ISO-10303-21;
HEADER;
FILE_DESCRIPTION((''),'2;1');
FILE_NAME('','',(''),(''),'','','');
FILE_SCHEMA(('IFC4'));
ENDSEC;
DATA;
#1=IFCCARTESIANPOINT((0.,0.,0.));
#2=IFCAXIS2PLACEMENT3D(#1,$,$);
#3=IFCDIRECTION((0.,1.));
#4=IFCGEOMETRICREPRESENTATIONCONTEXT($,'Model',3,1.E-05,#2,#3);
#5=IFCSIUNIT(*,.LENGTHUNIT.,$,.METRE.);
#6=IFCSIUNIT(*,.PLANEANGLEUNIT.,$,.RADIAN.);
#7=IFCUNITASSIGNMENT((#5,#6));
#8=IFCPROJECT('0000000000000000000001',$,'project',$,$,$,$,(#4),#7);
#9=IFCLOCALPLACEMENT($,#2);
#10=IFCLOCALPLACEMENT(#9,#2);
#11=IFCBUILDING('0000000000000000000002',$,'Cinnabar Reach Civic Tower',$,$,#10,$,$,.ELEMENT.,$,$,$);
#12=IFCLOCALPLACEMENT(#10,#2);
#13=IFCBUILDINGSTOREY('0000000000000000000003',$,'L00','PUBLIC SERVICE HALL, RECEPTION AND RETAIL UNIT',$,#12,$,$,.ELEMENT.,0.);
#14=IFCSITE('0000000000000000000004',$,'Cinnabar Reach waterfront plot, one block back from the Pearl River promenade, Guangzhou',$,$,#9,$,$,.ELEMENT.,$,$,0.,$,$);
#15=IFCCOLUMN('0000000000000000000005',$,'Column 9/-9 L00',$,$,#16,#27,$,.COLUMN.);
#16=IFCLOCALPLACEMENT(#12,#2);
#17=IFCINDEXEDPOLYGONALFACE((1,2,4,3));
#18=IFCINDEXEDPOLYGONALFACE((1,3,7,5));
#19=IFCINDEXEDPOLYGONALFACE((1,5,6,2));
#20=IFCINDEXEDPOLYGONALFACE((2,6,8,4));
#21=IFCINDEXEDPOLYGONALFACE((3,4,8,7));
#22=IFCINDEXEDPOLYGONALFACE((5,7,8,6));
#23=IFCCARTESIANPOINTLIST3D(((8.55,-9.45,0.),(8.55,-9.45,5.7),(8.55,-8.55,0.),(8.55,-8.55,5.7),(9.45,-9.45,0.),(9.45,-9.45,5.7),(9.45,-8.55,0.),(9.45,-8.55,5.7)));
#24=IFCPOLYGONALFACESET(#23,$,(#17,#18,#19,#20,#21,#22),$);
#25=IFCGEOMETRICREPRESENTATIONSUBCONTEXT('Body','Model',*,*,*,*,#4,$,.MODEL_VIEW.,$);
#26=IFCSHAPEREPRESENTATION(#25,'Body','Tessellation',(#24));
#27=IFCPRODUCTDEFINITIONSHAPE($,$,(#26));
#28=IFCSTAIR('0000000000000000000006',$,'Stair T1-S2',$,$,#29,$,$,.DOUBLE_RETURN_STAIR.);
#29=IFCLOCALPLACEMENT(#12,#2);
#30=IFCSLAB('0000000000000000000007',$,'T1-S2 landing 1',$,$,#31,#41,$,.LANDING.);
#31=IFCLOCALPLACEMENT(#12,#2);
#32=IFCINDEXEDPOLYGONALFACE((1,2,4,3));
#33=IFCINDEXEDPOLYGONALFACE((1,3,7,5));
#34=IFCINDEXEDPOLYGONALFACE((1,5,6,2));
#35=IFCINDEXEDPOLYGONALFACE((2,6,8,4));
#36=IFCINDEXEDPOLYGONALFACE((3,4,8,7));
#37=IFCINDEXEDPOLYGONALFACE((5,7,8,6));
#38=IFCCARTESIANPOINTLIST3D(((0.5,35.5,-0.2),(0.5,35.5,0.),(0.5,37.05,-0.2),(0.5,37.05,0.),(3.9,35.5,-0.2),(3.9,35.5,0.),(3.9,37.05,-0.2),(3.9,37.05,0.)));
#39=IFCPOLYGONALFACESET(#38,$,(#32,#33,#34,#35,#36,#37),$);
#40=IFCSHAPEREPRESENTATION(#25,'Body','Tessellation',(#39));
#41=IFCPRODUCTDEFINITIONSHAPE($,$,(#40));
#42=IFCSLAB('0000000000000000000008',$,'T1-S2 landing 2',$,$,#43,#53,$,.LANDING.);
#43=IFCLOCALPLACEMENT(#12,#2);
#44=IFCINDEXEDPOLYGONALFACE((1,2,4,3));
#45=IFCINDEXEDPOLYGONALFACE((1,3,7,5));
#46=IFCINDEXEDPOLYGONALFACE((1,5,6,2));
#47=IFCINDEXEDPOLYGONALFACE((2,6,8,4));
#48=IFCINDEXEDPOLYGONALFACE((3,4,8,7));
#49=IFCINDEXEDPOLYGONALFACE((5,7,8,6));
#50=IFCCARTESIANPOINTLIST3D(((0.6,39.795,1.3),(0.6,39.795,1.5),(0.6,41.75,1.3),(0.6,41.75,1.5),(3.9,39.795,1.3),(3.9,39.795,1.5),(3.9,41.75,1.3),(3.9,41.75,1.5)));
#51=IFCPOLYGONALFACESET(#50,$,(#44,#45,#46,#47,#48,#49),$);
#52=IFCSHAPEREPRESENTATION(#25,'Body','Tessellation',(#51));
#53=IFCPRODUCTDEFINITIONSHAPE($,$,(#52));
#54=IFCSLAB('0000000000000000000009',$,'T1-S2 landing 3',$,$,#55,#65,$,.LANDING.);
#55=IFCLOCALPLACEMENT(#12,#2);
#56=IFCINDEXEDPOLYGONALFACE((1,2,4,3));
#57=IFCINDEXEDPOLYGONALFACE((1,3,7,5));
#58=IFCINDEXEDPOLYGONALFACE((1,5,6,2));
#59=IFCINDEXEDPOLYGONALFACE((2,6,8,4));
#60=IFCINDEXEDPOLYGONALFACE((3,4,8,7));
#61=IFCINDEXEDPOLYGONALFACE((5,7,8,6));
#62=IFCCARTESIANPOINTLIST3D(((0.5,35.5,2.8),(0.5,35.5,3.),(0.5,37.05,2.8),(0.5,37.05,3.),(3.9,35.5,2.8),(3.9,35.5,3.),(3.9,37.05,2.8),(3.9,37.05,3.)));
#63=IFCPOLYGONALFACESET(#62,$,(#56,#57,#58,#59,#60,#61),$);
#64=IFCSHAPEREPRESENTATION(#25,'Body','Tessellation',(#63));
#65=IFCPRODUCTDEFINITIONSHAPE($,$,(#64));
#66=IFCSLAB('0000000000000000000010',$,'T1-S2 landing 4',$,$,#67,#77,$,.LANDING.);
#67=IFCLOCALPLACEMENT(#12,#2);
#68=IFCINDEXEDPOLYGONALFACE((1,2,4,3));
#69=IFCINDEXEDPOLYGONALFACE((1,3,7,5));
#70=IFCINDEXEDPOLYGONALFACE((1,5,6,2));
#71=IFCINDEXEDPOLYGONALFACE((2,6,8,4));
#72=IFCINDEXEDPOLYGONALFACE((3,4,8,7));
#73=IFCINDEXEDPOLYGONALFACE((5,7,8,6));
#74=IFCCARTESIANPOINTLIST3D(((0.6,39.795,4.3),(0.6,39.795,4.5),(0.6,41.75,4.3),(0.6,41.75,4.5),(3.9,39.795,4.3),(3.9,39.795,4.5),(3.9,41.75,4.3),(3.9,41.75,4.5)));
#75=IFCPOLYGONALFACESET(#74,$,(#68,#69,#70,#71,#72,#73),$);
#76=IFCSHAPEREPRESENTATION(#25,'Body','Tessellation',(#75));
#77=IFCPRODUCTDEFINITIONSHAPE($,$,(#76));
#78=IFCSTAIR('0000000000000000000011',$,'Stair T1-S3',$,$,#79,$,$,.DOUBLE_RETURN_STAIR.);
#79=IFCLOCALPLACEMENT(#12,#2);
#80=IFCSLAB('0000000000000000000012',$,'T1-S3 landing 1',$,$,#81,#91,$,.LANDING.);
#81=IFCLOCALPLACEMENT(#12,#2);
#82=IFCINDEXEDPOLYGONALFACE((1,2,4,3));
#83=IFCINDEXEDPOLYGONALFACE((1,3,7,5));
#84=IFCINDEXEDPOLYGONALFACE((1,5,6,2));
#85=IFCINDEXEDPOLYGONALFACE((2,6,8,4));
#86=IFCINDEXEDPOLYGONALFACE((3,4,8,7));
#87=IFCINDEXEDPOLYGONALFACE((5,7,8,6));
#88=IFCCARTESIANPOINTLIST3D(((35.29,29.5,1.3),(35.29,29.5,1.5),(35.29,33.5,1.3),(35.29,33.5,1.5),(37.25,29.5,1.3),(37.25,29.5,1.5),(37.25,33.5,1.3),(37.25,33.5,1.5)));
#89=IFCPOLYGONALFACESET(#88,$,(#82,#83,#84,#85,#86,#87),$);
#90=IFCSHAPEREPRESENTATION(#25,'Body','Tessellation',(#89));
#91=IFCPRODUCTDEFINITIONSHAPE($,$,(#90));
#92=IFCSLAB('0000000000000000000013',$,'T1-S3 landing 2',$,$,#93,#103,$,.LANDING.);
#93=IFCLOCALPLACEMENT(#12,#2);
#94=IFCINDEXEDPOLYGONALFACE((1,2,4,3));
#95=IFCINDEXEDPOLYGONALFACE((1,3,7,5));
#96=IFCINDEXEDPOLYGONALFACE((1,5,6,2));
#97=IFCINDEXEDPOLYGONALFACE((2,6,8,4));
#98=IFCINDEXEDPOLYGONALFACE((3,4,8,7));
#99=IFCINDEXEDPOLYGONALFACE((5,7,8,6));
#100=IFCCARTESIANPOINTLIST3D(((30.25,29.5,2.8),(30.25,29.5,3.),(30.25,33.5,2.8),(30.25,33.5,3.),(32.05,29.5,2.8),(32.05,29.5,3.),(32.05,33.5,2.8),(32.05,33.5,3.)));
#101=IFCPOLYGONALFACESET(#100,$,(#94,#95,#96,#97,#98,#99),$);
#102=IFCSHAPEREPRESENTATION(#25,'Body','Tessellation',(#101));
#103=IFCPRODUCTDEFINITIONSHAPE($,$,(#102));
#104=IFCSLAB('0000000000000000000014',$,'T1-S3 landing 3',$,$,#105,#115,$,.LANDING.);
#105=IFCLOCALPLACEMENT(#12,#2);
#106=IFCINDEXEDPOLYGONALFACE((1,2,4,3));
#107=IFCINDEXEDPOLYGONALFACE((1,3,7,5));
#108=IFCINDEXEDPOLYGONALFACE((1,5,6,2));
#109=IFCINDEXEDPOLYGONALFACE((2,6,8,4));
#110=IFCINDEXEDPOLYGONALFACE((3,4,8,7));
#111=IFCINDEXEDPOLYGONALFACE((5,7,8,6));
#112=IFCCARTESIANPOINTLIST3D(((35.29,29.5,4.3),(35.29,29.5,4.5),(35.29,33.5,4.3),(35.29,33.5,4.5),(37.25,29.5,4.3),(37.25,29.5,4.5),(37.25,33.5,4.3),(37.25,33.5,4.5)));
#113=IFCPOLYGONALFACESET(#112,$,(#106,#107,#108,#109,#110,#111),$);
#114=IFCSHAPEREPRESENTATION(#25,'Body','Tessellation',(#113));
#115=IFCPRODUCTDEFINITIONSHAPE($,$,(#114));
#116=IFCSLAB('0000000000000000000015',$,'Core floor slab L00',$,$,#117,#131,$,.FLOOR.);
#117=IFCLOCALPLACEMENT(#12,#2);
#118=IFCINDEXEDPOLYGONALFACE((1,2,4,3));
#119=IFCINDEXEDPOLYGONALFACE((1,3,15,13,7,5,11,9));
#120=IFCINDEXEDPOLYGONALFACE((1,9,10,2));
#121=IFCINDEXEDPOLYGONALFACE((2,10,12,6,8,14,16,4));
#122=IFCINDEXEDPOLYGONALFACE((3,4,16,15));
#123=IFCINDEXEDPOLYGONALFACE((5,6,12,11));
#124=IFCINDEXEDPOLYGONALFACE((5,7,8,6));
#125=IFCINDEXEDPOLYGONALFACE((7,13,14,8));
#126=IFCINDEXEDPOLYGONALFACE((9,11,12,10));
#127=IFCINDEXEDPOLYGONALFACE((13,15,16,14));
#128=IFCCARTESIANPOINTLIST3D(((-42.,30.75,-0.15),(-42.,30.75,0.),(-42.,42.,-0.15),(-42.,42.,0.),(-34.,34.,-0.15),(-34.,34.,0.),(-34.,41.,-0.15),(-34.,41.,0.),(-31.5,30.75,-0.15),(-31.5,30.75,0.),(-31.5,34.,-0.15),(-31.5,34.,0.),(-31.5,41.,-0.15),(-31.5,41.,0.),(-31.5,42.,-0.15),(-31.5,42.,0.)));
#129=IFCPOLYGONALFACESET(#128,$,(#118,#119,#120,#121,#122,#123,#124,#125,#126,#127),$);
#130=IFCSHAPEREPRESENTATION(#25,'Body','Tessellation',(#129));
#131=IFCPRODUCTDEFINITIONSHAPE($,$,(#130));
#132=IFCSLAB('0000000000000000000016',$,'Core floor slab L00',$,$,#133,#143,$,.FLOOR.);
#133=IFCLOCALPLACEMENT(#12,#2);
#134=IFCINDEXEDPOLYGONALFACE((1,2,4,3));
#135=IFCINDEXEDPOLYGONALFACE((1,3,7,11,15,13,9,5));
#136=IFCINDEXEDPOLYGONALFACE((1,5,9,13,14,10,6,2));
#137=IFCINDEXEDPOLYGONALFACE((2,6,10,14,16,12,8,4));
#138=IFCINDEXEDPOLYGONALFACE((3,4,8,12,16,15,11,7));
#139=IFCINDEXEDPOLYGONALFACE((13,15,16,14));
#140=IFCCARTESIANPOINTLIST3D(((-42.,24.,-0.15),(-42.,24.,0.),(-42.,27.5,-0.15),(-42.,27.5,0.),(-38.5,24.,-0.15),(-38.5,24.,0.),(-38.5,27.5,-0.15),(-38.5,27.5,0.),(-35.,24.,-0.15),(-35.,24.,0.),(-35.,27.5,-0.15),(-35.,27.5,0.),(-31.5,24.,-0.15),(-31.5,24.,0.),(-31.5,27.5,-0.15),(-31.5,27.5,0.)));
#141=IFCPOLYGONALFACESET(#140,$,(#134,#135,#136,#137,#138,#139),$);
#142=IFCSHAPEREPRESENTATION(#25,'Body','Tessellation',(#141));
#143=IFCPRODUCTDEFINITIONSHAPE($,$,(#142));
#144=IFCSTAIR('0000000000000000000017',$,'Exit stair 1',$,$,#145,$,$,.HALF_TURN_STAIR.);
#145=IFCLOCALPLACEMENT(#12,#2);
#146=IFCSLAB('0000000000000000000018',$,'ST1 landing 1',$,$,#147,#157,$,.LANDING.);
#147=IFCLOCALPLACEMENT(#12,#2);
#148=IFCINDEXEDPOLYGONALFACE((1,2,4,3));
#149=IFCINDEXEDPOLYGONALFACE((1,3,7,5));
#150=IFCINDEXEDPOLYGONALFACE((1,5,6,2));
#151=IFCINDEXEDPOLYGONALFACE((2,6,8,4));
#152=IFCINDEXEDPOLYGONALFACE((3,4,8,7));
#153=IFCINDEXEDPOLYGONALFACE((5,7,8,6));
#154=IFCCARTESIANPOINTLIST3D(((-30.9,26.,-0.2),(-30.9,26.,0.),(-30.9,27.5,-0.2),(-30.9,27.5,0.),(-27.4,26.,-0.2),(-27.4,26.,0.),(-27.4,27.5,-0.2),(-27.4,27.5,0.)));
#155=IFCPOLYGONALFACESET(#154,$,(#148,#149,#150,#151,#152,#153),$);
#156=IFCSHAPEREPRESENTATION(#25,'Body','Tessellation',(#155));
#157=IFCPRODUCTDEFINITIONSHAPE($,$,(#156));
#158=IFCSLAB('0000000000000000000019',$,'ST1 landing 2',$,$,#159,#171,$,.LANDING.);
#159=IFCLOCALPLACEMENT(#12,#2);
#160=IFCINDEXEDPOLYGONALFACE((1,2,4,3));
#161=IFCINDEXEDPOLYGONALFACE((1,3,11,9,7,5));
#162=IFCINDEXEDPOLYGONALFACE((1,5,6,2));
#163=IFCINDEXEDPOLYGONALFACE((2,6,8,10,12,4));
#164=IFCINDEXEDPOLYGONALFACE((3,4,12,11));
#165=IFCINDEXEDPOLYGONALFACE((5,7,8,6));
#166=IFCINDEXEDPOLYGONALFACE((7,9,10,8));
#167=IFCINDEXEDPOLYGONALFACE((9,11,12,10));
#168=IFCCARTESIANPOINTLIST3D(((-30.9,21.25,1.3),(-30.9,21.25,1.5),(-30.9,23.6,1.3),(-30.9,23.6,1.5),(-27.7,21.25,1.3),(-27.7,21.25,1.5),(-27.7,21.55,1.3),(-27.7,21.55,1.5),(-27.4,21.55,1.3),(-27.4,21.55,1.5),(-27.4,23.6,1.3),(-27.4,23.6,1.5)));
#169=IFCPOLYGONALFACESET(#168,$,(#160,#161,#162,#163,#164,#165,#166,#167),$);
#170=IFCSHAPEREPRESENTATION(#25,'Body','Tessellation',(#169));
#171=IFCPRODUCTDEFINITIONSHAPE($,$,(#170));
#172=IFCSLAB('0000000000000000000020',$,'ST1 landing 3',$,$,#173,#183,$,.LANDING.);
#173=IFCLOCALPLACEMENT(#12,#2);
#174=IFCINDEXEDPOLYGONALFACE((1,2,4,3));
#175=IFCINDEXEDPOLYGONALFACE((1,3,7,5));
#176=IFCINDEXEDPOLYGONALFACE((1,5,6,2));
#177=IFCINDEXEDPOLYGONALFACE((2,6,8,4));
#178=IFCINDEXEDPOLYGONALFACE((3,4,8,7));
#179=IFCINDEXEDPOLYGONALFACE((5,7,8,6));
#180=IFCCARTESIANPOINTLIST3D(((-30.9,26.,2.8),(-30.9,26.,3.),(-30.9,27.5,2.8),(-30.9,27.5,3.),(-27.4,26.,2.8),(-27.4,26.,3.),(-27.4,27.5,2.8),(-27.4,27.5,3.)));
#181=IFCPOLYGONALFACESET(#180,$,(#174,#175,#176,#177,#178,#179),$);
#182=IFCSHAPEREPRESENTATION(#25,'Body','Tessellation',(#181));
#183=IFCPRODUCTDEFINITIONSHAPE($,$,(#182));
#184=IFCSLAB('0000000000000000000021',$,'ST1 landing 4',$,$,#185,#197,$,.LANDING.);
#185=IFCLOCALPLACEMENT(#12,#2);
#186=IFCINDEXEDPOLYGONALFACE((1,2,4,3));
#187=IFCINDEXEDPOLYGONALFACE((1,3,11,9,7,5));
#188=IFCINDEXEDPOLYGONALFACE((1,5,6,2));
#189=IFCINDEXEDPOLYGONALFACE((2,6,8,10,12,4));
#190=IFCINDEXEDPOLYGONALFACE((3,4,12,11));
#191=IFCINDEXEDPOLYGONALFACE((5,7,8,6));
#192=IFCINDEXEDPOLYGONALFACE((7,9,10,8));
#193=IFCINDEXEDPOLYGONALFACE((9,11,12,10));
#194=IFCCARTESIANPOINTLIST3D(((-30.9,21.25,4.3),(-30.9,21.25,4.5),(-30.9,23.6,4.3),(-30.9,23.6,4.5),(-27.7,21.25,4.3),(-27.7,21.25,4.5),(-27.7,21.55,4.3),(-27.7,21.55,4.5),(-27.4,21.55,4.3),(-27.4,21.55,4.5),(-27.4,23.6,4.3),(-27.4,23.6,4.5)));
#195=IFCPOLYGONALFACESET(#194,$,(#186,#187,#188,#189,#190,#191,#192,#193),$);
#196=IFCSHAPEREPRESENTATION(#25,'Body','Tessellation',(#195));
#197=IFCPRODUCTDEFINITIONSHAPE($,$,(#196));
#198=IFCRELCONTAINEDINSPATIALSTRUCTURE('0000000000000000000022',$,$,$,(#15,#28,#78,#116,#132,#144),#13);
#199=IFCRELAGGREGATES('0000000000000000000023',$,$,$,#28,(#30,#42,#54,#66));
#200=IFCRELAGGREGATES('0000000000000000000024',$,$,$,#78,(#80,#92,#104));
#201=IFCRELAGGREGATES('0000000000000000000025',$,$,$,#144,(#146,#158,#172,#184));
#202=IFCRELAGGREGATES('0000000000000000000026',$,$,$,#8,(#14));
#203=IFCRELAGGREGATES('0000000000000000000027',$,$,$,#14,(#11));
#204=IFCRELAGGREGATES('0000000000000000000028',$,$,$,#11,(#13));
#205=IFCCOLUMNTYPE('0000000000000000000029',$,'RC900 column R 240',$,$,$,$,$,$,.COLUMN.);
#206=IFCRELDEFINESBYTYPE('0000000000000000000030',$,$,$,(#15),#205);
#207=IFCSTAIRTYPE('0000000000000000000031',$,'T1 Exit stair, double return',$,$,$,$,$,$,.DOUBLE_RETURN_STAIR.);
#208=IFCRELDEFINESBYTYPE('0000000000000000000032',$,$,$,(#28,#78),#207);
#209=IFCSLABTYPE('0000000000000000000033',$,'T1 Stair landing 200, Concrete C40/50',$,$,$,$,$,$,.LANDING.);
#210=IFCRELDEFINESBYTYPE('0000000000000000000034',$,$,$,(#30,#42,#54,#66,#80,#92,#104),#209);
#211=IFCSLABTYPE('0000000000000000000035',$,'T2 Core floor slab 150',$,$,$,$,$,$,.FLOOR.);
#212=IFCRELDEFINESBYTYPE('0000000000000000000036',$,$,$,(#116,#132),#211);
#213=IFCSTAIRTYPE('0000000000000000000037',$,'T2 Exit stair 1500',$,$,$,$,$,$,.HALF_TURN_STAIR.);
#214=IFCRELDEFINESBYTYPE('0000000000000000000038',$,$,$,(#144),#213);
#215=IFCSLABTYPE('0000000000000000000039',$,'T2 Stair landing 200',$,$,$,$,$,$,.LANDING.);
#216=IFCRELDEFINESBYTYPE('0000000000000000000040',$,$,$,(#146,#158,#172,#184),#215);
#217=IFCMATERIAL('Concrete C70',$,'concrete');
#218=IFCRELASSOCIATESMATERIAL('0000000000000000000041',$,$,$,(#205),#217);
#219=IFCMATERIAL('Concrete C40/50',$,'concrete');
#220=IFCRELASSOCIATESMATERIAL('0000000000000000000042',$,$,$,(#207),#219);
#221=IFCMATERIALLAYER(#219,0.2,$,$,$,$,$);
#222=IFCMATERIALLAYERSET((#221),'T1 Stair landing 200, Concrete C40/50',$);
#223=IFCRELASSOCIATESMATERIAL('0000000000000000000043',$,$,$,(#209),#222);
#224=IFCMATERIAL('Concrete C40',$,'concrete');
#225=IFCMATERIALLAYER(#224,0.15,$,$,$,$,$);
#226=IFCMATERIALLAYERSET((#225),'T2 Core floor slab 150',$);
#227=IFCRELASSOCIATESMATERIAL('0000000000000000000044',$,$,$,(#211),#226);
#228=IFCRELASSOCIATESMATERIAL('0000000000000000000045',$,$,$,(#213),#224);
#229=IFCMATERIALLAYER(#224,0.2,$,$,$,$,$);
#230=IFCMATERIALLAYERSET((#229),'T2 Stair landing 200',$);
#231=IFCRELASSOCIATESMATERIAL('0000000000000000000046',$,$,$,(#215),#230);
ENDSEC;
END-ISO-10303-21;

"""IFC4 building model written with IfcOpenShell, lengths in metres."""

from ifc_helpers import new_model, si_unit, direction, frame, origin, origin_2d, place, context, subcontext, project, spatial, polyline, rectangle, outline, extrude, material, layer, layer_set, material_profile, profile_set, type_object, element, aggregate, save


model = new_model("IFC4")

# Units and contexts
model_context = context("Model", 3, precision=1e-05, world=origin(), true_north=direction((0.0, 1.0)))
body_context = subcontext(model_context, "Body", "Model", "MODEL_VIEW")
ifc_project = project(units=[si_unit("LENGTHUNIT", "METRE"), si_unit("PLANEANGLEUNIT", "RADIAN")], contexts=[model_context])

# Site, building, storey
site_placement = place(None, origin())
site = spatial("IfcSite", under=ifc_project, at=site_placement, Name="Cinnabar Reach waterfront plot, one block back from the Pearl River promenade, Guangzhou", CompositionType="ELEMENT", RefElevation=0.0)
building_placement = place(site_placement, origin())
building = spatial("IfcBuilding", under=site, at=building_placement, Name="Cinnabar Reach Civic Tower", CompositionType="ELEMENT")
storey_placement = place(building_placement, origin())
storey = spatial("IfcBuildingStorey", under=building, at=storey_placement, Name="L00", Description="PUBLIC SERVICE HALL, RECEPTION AND RETAIL UNIT", CompositionType="ELEMENT", Elevation=0.0)

# Column
ifc_material_1 = material(Name="Concrete C70", Category="concrete")
ifc_material_profile = material_profile(ifc_material_1, rectangle(XDim=0.9, YDim=0.9, at=origin_2d()), Name="RC900")
ifc_profile_set = profile_set([ifc_material_profile], Name="Concrete C70")
column_type = type_object("IfcColumnType", Name="RC900 column R 240", PredefinedType="COLUMN", material=ifc_profile_set)
column_placement = place(storey_placement, frame((9.0, -9.0, 0.0), z_axis=(0.0, 0.0, 1.0), x_axis=(1.0, 0.0, 0.0)))
element("IfcColumn", 1, at=column_placement, inside=storey, type_object=column_type, Name="Column 9/-9 L00", PredefinedType="COLUMN", context=body_context, shape_type="SweptSolid", body=[
    extrude(rectangle(XDim=0.9, YDim=0.9, at=origin_2d()), origin(), (0.0, 0.0, 1.0), 5.7),
])

# Stairs, slabs
ifc_material_2 = material(Name="Concrete C40/50", Category="concrete")
stair_type_1 = type_object("IfcStairType", Name="T1 Exit stair, double return", PredefinedType="DOUBLE_RETURN_STAIR", material=ifc_material_2)
stair_1_placement = place(storey_placement, origin())
stair_1 = element("IfcStair", 2, at=stair_1_placement, inside=storey, type_object=stair_type_1, Name="Stair T1-S2", PredefinedType="DOUBLE_RETURN_STAIR")
ifc_layer_1 = layer(ifc_material_2, 0.2)
ifc_layer_set_1 = layer_set([ifc_layer_1], Name="T1 Stair landing 200, Concrete C40/50")
slab_type_1 = type_object("IfcSlabType", Name="T1 Stair landing 200, Concrete C40/50", PredefinedType="LANDING", material=ifc_layer_set_1)
slab_1_placement = place(storey_placement, frame((0.0, 0.0, -0.2)))
slab_1 = element("IfcSlab", 3, at=slab_1_placement, type_object=slab_type_1, Name="T1-S2 landing 1", PredefinedType="LANDING", context=body_context, shape_type="SweptSolid", body=[
    extrude(outline(polyline([(3.9, 35.5), (3.9, 37.05), (0.5, 37.05), (0.5, 35.5), (3.9, 35.5)])), origin(), (0.0, 0.0, 1.0), 0.2),
])
slab_2_placement = place(storey_placement, frame((0.0, 0.0, 1.3)))
slab_2 = element("IfcSlab", 4, at=slab_2_placement, type_object=slab_type_1, Name="T1-S2 landing 2", PredefinedType="LANDING", context=body_context, shape_type="SweptSolid", body=[
    extrude(outline(polyline([(3.9, 39.795), (3.9, 41.75), (0.6, 41.75), (0.6, 39.795), (3.9, 39.795)])), origin(), (0.0, 0.0, 1.0), 0.2),
])
slab_3_placement = place(storey_placement, frame((0.0, 0.0, 2.8)))
slab_3 = element("IfcSlab", 5, at=slab_3_placement, type_object=slab_type_1, Name="T1-S2 landing 3", PredefinedType="LANDING", context=body_context, shape_type="SweptSolid", body=[
    extrude(outline(polyline([(3.9, 35.5), (3.9, 37.05), (0.5, 37.05), (0.5, 35.5), (3.9, 35.5)])), origin(), (0.0, 0.0, 1.0), 0.2),
])
slab_4_placement = place(storey_placement, frame((0.0, 0.0, 4.3)))
slab_4 = element("IfcSlab", 6, at=slab_4_placement, type_object=slab_type_1, Name="T1-S2 landing 4", PredefinedType="LANDING", context=body_context, shape_type="SweptSolid", body=[
    extrude(outline(polyline([(3.9, 39.795), (3.9, 41.75), (0.6, 41.75), (0.6, 39.795), (3.9, 39.795)])), origin(), (0.0, 0.0, 1.0), 0.2),
])
aggregate(stair_1, [slab_1, slab_2, slab_3, slab_4])
stair_2_placement = place(storey_placement, origin())
stair_2 = element("IfcStair", 7, at=stair_2_placement, inside=storey, type_object=stair_type_1, Name="Stair T1-S3", PredefinedType="DOUBLE_RETURN_STAIR")
slab_5_placement = place(storey_placement, frame((0.0, 0.0, 1.3)))
slab_5 = element("IfcSlab", 8, at=slab_5_placement, type_object=slab_type_1, Name="T1-S3 landing 1", PredefinedType="LANDING", context=body_context, shape_type="SweptSolid", body=[
    extrude(outline(polyline([(35.29, 29.5), (37.25, 29.5), (37.25, 33.5), (35.29, 33.5), (35.29, 29.5)])), origin(), (0.0, 0.0, 1.0), 0.2),
])
slab_6_placement = place(storey_placement, frame((0.0, 0.0, 2.8)))
slab_6 = element("IfcSlab", 9, at=slab_6_placement, type_object=slab_type_1, Name="T1-S3 landing 2", PredefinedType="LANDING", context=body_context, shape_type="SweptSolid", body=[
    extrude(outline(polyline([(30.25, 29.5), (32.05, 29.5), (32.05, 33.5), (30.25, 33.5), (30.25, 29.5)])), origin(), (0.0, 0.0, 1.0), 0.2),
])
slab_7_placement = place(storey_placement, frame((0.0, 0.0, 4.3)))
slab_7 = element("IfcSlab", 10, at=slab_7_placement, type_object=slab_type_1, Name="T1-S3 landing 3", PredefinedType="LANDING", context=body_context, shape_type="SweptSolid", body=[
    extrude(outline(polyline([(35.29, 29.5), (37.25, 29.5), (37.25, 33.5), (35.29, 33.5), (35.29, 29.5)])), origin(), (0.0, 0.0, 1.0), 0.2),
])
aggregate(stair_2, [slab_5, slab_6, slab_7])

# Slabs
ifc_material_3 = material(Name="Concrete C40", Category="concrete")
ifc_layer_2 = layer(ifc_material_3, 0.15)
ifc_layer_set_2 = layer_set([ifc_layer_2], Name="T2 Core floor slab 150")
slab_type_2 = type_object("IfcSlabType", Name="T2 Core floor slab 150", PredefinedType="FLOOR", material=ifc_layer_set_2)
slab_8_placement = place(storey_placement, frame((0.0, 0.0, -0.15)))
element("IfcSlab", 11, at=slab_8_placement, inside=storey, type_object=slab_type_2, Name="Core floor slab L00", PredefinedType="FLOOR", context=body_context, shape_type="SweptSolid", body=[
    extrude(outline(polyline([(-42.0, 42.0), (-31.5, 42.0), (-31.5, 41.0), (-34.0, 41.0), (-34.0, 34.0), (-31.5, 34.0), (-31.5, 30.75), (-42.0, 30.75), (-42.0, 42.0)])), origin(), (0.0, 0.0, 1.0), 0.15),
])
slab_9_placement = place(storey_placement, frame((0.0, 0.0, -0.15)))
element("IfcSlab", 12, at=slab_9_placement, inside=storey, type_object=slab_type_2, Name="Core floor slab L00", PredefinedType="FLOOR", context=body_context, shape_type="SweptSolid", body=[
    extrude(outline(polyline([(-35.0, 24.0), (-38.5, 24.0), (-42.0, 24.0), (-42.0, 27.5), (-38.5, 27.5), (-35.0, 27.5), (-31.5, 27.5), (-31.5, 24.0), (-35.0, 24.0)])), origin(), (0.0, 0.0, 1.0), 0.15),
])

# Stair, slabs
stair_type_2 = type_object("IfcStairType", Name="T2 Exit stair 1500", PredefinedType="HALF_TURN_STAIR", material=ifc_material_3)
stair_3_placement = place(storey_placement, origin())
stair_3 = element("IfcStair", 13, at=stair_3_placement, inside=storey, type_object=stair_type_2, Name="Exit stair 1", PredefinedType="HALF_TURN_STAIR")
ifc_layer_3 = layer(ifc_material_3, 0.2)
ifc_layer_set_3 = layer_set([ifc_layer_3], Name="T2 Stair landing 200")
slab_type_3 = type_object("IfcSlabType", Name="T2 Stair landing 200", PredefinedType="LANDING", material=ifc_layer_set_3)
slab_10_placement = place(storey_placement, frame((0.0, 0.0, -0.2)))
slab_10 = element("IfcSlab", 14, at=slab_10_placement, type_object=slab_type_3, Name="ST1 landing 1", PredefinedType="LANDING", context=body_context, shape_type="SweptSolid", body=[
    extrude(outline(polyline([(-30.9, 26.0), (-30.9, 27.5), (-27.4, 27.5), (-27.4, 26.0), (-30.9, 26.0)])), origin(), (0.0, 0.0, 1.0), 0.2),
])
slab_11_placement = place(storey_placement, frame((0.0, 0.0, 1.3)))
slab_11 = element("IfcSlab", 15, at=slab_11_placement, type_object=slab_type_3, Name="ST1 landing 2", PredefinedType="LANDING", context=body_context, shape_type="SweptSolid", body=[
    extrude(outline(polyline([(-30.9, 21.25), (-30.9, 23.6), (-27.4, 23.6), (-27.4, 21.55), (-27.7, 21.55), (-27.7, 21.25), (-30.9, 21.25)])), origin(), (0.0, 0.0, 1.0), 0.2),
])
slab_12_placement = place(storey_placement, frame((0.0, 0.0, 2.8)))
slab_12 = element("IfcSlab", 16, at=slab_12_placement, type_object=slab_type_3, Name="ST1 landing 3", PredefinedType="LANDING", context=body_context, shape_type="SweptSolid", body=[
    extrude(outline(polyline([(-30.9, 26.0), (-30.9, 27.5), (-27.4, 27.5), (-27.4, 26.0), (-30.9, 26.0)])), origin(), (0.0, 0.0, 1.0), 0.2),
])
slab_13_placement = place(storey_placement, frame((0.0, 0.0, 4.3)))
slab_13 = element("IfcSlab", 17, at=slab_13_placement, type_object=slab_type_3, Name="ST1 landing 4", PredefinedType="LANDING", context=body_context, shape_type="SweptSolid", body=[
    extrude(outline(polyline([(-30.9, 21.25), (-30.9, 23.6), (-27.4, 23.6), (-27.4, 21.55), (-27.7, 21.55), (-27.7, 21.25), (-30.9, 21.25)])), origin(), (0.0, 0.0, 1.0), 0.2),
])
aggregate(stair_3, [slab_10, slab_11, slab_12, slab_13])

save(model, "model.ifc")
